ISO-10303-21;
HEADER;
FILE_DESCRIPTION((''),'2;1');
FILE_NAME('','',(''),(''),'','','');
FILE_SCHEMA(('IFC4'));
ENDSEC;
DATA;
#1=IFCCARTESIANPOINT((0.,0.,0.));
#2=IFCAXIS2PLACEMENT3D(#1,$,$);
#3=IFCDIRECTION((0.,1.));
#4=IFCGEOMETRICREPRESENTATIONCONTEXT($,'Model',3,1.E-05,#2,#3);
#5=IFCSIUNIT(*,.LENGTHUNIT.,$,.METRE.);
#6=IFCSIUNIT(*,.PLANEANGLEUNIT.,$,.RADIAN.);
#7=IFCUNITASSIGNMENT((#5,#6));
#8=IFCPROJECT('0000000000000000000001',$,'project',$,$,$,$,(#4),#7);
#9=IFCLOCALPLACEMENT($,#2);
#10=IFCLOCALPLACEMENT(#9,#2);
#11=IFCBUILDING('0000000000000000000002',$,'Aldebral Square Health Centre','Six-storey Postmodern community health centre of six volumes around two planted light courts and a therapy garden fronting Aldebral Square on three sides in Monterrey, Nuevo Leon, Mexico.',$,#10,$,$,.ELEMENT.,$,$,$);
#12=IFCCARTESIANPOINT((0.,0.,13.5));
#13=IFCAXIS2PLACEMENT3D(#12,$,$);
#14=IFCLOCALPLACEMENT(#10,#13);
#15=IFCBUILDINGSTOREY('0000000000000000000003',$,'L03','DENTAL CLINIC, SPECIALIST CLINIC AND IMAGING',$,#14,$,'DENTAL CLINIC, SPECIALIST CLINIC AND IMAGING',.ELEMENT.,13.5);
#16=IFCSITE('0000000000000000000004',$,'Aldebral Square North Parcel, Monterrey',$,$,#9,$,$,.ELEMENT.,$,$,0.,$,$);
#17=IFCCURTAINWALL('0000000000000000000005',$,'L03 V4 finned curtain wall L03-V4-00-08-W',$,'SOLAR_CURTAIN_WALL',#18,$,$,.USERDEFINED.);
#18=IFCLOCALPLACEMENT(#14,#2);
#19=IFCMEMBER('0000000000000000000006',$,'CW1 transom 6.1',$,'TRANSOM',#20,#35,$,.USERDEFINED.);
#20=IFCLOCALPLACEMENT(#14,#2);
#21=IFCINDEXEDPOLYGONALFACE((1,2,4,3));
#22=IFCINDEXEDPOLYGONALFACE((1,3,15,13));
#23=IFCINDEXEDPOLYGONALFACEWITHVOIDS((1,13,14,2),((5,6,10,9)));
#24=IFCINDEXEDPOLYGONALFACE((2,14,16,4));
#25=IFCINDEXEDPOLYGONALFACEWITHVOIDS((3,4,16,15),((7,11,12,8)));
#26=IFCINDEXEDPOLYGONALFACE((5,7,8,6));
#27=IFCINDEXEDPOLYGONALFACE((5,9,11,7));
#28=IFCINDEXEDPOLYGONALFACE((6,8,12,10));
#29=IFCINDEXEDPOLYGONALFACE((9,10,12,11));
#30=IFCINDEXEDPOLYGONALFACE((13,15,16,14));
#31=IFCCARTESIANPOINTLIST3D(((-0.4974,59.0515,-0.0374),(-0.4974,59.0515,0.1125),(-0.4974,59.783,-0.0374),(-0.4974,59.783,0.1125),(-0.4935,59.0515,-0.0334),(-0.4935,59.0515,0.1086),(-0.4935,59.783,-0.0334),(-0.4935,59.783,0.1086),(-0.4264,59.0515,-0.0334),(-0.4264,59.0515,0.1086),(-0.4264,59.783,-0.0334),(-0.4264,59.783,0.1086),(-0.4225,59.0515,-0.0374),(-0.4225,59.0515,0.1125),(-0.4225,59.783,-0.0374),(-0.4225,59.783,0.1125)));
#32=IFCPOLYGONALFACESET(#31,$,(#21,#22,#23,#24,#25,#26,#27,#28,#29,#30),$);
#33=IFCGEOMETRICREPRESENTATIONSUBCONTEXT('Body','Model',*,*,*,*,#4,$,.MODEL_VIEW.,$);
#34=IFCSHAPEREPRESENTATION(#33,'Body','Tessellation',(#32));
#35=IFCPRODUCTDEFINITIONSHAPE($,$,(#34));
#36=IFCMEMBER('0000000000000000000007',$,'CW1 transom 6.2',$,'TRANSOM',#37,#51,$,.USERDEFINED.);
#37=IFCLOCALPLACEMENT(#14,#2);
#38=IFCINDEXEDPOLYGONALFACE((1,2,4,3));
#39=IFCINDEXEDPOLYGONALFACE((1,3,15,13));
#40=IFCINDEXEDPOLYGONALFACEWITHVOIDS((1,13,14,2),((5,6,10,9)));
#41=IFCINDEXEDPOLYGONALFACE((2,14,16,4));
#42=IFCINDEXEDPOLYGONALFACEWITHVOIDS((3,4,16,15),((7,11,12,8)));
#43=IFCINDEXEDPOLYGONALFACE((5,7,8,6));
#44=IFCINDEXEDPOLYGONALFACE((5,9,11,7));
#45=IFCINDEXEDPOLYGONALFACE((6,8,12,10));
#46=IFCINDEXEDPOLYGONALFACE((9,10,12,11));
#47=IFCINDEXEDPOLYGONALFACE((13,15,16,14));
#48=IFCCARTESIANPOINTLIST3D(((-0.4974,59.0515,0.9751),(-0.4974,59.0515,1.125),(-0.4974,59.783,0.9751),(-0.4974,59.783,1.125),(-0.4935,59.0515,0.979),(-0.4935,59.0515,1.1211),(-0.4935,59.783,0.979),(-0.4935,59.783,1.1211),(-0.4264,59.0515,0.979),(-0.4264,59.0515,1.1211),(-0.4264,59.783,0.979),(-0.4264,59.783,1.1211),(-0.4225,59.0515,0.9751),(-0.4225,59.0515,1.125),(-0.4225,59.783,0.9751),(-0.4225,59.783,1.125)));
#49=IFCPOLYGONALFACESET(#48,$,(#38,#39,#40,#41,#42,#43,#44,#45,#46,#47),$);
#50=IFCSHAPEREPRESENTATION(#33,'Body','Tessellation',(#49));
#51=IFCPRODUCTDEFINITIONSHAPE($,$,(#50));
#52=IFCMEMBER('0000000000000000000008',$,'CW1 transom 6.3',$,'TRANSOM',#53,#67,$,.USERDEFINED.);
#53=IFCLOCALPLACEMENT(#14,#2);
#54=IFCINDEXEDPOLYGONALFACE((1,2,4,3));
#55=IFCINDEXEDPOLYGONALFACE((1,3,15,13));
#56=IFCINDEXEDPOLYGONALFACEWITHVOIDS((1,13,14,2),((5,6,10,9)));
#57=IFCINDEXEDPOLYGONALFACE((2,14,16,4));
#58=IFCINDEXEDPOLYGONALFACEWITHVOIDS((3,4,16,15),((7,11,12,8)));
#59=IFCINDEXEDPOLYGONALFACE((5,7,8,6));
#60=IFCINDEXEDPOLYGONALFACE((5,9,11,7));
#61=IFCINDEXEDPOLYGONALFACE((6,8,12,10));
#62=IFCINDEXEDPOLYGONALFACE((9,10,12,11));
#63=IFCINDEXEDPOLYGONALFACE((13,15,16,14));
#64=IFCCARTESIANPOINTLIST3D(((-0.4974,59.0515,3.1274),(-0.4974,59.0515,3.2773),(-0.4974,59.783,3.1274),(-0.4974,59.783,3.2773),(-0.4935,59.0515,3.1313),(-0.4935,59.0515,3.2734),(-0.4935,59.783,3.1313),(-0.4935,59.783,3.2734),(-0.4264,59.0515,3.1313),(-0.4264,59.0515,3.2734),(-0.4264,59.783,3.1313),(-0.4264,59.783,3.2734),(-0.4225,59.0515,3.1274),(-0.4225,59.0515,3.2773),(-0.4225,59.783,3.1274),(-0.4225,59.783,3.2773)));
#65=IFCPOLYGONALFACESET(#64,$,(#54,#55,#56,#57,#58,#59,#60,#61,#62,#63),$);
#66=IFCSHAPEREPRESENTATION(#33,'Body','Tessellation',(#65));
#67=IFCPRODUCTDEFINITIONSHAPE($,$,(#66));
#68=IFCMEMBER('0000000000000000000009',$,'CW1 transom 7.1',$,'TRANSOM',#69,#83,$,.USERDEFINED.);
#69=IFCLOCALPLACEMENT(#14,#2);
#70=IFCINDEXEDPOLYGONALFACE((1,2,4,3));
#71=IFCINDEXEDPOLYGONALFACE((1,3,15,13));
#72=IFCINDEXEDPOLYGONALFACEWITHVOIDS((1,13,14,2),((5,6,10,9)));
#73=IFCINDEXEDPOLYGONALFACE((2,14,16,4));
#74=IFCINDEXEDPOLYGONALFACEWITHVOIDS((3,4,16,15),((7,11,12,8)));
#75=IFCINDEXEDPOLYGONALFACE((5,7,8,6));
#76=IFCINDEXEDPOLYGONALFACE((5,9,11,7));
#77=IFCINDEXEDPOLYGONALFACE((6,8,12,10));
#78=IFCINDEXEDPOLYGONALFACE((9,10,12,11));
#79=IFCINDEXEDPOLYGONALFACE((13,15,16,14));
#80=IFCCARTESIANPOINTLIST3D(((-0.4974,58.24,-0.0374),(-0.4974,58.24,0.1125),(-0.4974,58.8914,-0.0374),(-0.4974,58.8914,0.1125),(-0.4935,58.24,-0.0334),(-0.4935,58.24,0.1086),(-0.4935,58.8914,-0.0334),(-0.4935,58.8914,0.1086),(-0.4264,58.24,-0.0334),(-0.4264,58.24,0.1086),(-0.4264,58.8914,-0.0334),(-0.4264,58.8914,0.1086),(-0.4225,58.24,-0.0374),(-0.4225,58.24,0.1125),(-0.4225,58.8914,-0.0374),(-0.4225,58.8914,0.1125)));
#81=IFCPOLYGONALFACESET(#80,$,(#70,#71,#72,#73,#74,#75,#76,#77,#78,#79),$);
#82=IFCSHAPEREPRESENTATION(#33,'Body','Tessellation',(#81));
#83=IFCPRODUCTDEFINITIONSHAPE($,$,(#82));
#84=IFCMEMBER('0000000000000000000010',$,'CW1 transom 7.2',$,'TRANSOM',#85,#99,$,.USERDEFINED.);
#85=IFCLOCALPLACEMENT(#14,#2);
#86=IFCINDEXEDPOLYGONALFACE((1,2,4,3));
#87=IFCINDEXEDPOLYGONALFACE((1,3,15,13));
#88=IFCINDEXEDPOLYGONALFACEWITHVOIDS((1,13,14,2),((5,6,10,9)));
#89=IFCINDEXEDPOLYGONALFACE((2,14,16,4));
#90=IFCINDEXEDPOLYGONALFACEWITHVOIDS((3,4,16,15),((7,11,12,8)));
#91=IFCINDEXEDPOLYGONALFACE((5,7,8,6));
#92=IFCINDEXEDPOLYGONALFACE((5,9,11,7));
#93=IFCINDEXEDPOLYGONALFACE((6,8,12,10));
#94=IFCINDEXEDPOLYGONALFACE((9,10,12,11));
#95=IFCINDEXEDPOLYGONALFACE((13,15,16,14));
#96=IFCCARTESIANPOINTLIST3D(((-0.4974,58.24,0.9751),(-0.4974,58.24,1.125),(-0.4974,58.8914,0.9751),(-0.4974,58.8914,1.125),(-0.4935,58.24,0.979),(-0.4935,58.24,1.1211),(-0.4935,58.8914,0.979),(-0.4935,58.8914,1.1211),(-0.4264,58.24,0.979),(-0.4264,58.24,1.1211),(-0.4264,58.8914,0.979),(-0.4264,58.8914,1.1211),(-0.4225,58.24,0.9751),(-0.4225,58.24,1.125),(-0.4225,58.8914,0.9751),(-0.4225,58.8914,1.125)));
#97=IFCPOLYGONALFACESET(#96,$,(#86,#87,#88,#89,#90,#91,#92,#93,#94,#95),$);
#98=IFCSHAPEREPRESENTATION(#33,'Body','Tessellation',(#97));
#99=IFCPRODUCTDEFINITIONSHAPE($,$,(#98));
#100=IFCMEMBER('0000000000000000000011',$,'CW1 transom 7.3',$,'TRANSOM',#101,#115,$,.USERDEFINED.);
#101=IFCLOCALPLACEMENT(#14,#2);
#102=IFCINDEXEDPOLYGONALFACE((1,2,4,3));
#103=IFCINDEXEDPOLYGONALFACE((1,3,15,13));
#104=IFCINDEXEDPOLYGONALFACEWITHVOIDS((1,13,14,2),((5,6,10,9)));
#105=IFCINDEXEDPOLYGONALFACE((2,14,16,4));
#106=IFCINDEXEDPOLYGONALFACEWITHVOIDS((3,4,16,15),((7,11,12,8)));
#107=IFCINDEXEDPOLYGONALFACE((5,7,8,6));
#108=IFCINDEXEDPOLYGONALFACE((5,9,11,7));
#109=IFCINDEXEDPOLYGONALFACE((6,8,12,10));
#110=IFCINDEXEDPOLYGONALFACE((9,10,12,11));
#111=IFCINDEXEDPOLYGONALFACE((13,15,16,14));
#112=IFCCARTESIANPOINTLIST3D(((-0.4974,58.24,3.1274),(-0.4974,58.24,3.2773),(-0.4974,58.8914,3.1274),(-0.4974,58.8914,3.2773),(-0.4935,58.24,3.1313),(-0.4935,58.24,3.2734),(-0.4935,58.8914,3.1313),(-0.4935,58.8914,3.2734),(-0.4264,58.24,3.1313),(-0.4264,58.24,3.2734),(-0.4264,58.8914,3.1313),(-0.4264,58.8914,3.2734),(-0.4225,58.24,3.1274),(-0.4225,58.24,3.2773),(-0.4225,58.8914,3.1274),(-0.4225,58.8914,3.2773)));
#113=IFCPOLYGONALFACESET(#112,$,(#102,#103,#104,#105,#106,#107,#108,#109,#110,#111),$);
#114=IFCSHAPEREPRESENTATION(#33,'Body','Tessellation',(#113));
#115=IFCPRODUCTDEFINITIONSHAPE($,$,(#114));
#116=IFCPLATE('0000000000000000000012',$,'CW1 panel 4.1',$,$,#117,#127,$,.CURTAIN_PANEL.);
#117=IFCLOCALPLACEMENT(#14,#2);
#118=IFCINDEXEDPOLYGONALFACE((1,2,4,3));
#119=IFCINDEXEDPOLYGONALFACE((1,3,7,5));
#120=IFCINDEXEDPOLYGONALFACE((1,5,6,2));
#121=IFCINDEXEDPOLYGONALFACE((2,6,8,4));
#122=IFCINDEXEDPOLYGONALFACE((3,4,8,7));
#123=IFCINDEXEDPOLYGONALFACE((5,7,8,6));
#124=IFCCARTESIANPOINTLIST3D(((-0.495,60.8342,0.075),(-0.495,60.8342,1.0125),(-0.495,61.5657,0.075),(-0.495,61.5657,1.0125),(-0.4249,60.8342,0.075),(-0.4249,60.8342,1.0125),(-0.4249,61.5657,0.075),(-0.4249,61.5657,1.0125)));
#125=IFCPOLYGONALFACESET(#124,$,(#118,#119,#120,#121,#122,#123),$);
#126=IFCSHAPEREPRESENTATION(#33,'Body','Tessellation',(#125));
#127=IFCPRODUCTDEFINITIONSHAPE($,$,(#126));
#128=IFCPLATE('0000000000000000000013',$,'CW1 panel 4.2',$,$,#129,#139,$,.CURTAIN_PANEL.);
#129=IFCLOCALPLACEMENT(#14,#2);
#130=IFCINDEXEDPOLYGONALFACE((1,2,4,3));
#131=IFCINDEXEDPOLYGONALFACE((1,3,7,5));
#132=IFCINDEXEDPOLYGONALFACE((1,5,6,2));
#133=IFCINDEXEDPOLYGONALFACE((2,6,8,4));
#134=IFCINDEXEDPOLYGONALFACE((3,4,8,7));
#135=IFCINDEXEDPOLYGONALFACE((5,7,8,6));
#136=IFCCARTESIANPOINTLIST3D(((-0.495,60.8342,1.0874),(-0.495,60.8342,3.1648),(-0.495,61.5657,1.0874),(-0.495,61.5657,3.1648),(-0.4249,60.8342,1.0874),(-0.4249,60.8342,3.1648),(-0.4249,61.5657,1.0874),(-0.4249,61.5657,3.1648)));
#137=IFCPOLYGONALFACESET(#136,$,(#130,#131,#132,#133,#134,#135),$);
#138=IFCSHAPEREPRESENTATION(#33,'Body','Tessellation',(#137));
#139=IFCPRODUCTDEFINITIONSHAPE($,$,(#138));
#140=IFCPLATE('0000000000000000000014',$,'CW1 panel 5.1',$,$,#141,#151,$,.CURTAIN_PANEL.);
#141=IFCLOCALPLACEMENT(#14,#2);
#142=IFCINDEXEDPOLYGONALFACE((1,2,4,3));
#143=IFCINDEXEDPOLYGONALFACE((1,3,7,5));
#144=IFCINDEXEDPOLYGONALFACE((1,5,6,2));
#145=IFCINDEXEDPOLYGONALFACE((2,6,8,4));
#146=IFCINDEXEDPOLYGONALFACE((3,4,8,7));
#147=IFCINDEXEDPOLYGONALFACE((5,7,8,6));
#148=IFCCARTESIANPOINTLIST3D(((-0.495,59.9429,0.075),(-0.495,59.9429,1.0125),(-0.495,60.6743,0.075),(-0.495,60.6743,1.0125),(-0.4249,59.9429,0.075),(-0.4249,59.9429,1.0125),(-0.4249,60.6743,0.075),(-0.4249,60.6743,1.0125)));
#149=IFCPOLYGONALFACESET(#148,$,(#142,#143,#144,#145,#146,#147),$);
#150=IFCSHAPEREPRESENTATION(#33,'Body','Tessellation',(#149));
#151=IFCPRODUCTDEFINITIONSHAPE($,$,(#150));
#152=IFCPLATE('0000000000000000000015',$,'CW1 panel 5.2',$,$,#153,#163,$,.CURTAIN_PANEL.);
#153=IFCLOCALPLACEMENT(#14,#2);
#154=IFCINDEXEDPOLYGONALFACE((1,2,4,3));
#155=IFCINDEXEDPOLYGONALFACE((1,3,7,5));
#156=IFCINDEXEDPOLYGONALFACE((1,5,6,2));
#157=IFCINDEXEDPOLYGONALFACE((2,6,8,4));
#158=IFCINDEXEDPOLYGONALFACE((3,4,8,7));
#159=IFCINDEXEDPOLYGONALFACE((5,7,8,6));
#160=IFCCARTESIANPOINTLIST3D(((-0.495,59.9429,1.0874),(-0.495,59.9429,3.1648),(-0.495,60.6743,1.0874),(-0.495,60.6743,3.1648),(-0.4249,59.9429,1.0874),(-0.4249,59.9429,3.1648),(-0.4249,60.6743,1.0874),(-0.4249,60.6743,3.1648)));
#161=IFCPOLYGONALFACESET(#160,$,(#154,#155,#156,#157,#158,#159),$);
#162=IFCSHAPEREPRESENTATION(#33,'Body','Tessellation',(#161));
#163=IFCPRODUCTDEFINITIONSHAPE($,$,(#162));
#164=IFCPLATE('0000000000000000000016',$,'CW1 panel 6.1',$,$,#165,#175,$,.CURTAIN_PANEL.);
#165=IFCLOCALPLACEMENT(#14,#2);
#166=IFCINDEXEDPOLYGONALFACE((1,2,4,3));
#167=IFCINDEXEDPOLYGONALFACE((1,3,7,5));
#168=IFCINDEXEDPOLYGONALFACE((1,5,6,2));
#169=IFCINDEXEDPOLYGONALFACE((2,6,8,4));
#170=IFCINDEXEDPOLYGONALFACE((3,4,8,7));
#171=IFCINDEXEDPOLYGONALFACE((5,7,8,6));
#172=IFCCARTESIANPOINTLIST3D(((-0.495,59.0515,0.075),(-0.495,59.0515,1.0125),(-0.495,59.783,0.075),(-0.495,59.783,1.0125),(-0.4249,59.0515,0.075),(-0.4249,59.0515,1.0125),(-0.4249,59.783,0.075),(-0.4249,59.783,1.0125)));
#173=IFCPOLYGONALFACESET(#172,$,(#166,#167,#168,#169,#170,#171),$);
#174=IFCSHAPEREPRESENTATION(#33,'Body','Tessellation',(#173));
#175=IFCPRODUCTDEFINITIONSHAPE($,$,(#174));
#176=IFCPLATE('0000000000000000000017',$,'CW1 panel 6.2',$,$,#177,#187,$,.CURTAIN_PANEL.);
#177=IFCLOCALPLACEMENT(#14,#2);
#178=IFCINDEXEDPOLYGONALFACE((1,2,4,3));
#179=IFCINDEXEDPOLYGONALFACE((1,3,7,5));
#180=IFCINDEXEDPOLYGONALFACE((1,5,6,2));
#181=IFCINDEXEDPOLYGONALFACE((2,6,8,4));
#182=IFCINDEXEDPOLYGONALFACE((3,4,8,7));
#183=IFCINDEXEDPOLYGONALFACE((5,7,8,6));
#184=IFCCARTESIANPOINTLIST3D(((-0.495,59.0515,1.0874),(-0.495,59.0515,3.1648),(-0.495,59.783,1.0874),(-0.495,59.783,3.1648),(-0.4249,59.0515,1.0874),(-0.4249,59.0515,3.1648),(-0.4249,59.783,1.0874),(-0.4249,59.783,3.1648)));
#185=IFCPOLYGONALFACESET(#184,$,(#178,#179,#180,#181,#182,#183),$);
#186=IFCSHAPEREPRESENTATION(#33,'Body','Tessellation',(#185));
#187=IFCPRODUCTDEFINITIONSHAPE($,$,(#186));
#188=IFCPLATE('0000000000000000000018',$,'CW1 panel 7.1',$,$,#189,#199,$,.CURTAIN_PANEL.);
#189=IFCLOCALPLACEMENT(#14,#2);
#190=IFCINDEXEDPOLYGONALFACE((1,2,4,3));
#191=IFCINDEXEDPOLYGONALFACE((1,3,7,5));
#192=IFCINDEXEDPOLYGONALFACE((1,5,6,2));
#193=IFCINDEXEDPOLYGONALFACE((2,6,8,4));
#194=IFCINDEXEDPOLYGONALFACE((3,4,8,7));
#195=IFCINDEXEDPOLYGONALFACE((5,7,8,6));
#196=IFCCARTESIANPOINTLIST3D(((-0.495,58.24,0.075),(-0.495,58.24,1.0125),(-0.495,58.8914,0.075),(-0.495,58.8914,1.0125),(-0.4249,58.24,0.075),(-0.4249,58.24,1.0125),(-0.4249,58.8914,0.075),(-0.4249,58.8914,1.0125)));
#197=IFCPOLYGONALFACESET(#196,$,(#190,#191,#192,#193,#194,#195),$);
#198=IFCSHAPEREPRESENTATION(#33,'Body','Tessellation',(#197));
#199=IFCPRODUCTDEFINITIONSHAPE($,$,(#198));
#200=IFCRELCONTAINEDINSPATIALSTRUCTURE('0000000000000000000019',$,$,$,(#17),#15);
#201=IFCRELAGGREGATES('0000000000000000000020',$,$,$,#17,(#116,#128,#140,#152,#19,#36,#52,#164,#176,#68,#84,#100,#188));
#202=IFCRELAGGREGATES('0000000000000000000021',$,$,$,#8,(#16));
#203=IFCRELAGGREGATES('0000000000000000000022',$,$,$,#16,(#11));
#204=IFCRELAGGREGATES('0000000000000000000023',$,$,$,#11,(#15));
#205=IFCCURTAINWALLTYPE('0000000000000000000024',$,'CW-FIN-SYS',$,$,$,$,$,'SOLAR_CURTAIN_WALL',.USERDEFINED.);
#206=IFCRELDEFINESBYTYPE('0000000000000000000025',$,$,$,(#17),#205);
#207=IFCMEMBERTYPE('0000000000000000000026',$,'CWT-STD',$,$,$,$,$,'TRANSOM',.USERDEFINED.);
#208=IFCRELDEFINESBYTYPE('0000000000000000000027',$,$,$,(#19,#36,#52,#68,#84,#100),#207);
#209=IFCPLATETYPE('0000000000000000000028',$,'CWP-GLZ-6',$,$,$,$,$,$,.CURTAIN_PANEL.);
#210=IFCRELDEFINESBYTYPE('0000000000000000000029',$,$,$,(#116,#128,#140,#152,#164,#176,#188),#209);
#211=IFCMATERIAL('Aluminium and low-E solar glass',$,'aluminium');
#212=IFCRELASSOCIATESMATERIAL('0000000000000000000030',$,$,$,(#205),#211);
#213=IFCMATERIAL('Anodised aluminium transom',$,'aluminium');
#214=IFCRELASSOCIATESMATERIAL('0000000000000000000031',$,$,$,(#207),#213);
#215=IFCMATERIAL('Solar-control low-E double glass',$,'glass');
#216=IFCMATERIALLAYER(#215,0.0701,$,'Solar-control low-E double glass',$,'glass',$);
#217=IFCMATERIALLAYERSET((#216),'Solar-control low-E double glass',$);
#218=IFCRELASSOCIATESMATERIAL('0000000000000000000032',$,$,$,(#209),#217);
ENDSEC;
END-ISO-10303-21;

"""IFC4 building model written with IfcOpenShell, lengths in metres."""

from ifc_helpers import new_model, si_unit, direction, frame, origin, origin_2d, place, context, subcontext, project, spatial, rectangle, hollow_rectangle, extrude, material, layer, layer_set, material_profile, profile_set, type_object, element, aggregate, save


model = new_model("IFC4")

# Units and contexts
model_context = context("Model", 3, precision=1e-05, world=origin(), true_north=direction((0.0, 1.0)))
body_context = subcontext(model_context, "Body", "Model", "MODEL_VIEW")
ifc_project = project(units=[si_unit("LENGTHUNIT", "METRE"), si_unit("PLANEANGLEUNIT", "RADIAN")], contexts=[model_context])

# Site, building, storey
site_placement = place(None, origin())
site = spatial("IfcSite", under=ifc_project, at=site_placement, Name="Aldebral Square North Parcel, Monterrey", CompositionType="ELEMENT", RefElevation=0.0)
building_placement = place(site_placement, origin())
building = spatial("IfcBuilding", under=site, at=building_placement, Name="Aldebral Square Health Centre", Description="Six-storey Postmodern community health centre of six volumes around two planted light courts and a therapy garden fronting Aldebral Square on three sides in Monterrey, Nuevo Leon, Mexico.", CompositionType="ELEMENT")
storey_placement = place(building_placement, frame((0.0, 0.0, 13.5)))
storey = spatial("IfcBuildingStorey", under=building, at=storey_placement, Name="L03", Description="DENTAL CLINIC, SPECIALIST CLINIC AND IMAGING", LongName="DENTAL CLINIC, SPECIALIST CLINIC AND IMAGING", CompositionType="ELEMENT", Elevation=13.5)

# Curtain wall, members, plates
ifc_material_1 = material(Name="Aluminium and low-E solar glass", Category="aluminium")
curtain_wall_type = type_object("IfcCurtainWallType", Name="CW-FIN-SYS", ElementType="SOLAR_CURTAIN_WALL", PredefinedType="USERDEFINED", material=ifc_material_1)
curtain_wall_placement = place(storey_placement, origin())
curtain_wall = element("IfcCurtainWall", 1, at=curtain_wall_placement, inside=storey, type_object=curtain_wall_type, Name="L03 V4 finned curtain wall L03-V4-00-08-W", ObjectType="SOLAR_CURTAIN_WALL", PredefinedType="USERDEFINED")
ifc_material_2 = material(Name="Anodised aluminium transom", Category="aluminium")
ifc_material_profile_1 = material_profile(ifc_material_2, hollow_rectangle(XDim=0.075, YDim=0.1499, WallThickness=0.0039, at=origin_2d()), Name="CWT 75x150x4")
ifc_profile_set_1 = profile_set([ifc_material_profile_1], Name="Anodised aluminium transom")
member_type_1 = type_object("IfcMemberType", Name="CWT-STD", ElementType="TRANSOM", PredefinedType="USERDEFINED", material=ifc_profile_set_1)
member_1_placement = place(storey_placement, frame((-0.46, 59.783, 0.0376), z_axis=(0.0, -1.0, 0.0), x_axis=(1.0, 0.0, 0.0)))
member_1 = element("IfcMember", 2, at=member_1_placement, type_object=member_type_1, Name="CW1 transom 6.1", ObjectType="TRANSOM", PredefinedType="USERDEFINED", context=body_context, shape_type="SweptSolid", body=[
    extrude(hollow_rectangle(XDim=0.075, YDim=0.1499, WallThickness=0.0039, at=origin_2d()), origin(), (0.0, 0.0, 1.0), 0.7314),
])
member_2_placement = place(storey_placement, frame((-0.46, 59.783, 1.05), z_axis=(0.0, -1.0, 0.0), x_axis=(1.0, 0.0, 0.0)))
member_2 = element("IfcMember", 3, at=member_2_placement, type_object=member_type_1, Name="CW1 transom 6.2", ObjectType="TRANSOM", PredefinedType="USERDEFINED", context=body_context, shape_type="SweptSolid", body=[
    extrude(hollow_rectangle(XDim=0.075, YDim=0.1499, WallThickness=0.0039, at=origin_2d()), origin(), (0.0, 0.0, 1.0), 0.7314),
])
member_3_placement = place(storey_placement, frame((-0.46, 59.783, 3.2024), z_axis=(0.0, -1.0, 0.0), x_axis=(1.0, 0.0, 0.0)))
member_3 = element("IfcMember", 4, at=member_3_placement, type_object=member_type_1, Name="CW1 transom 6.3", ObjectType="TRANSOM", PredefinedType="USERDEFINED", context=body_context, shape_type="SweptSolid", body=[
    extrude(hollow_rectangle(XDim=0.075, YDim=0.1499, WallThickness=0.0039, at=origin_2d()), origin(), (0.0, 0.0, 1.0), 0.7314),
])
member_4_placement = place(storey_placement, frame((-0.46, 58.8914, 0.0376), z_axis=(0.0, -1.0, 0.0), x_axis=(1.0, 0.0, 0.0)))
member_4 = element("IfcMember", 5, at=member_4_placement, type_object=member_type_1, Name="CW1 transom 7.1", ObjectType="TRANSOM", PredefinedType="USERDEFINED", context=body_context, shape_type="SweptSolid", body=[
    extrude(hollow_rectangle(XDim=0.075, YDim=0.1499, WallThickness=0.0039, at=origin_2d()), origin(), (0.0, 0.0, 1.0), 0.6514),
])
member_5_placement = place(storey_placement, frame((-0.46, 58.8914, 1.05), z_axis=(0.0, -1.0, 0.0), x_axis=(1.0, 0.0, 0.0)))
member_5 = element("IfcMember", 6, at=member_5_placement, type_object=member_type_1, Name="CW1 transom 7.2", ObjectType="TRANSOM", PredefinedType="USERDEFINED", context=body_context, shape_type="SweptSolid", body=[
    extrude(hollow_rectangle(XDim=0.075, YDim=0.1499, WallThickness=0.0039, at=origin_2d()), origin(), (0.0, 0.0, 1.0), 0.6514),
])
member_6_placement = place(storey_placement, frame((-0.46, 58.8914, 3.2024), z_axis=(0.0, -1.0, 0.0), x_axis=(1.0, 0.0, 0.0)))
member_6 = element("IfcMember", 7, at=member_6_placement, type_object=member_type_1, Name="CW1 transom 7.3", ObjectType="TRANSOM", PredefinedType="USERDEFINED", context=body_context, shape_type="SweptSolid", body=[
    extrude(hollow_rectangle(XDim=0.075, YDim=0.1499, WallThickness=0.0039, at=origin_2d()), origin(), (0.0, 0.0, 1.0), 0.6514),
])
ifc_material_3 = material(Name="Solar-control low-E double glass", Category="glass")
ifc_layer = layer(ifc_material_3, 0.0701, Name="Solar-control low-E double glass", Category="glass")
ifc_layer_set = layer_set([ifc_layer], Name="Solar-control low-E double glass")
plate_type = type_object("IfcPlateType", Name="CWP-GLZ-6", PredefinedType="CURTAIN_PANEL", material=ifc_layer_set)
plate_1_placement = place(storey_placement, frame((-0.46, 61.2, 0.075), z_axis=(0.0, 0.0, 1.0), x_axis=(0.0, -1.0, 0.0)))
plate_1 = element("IfcPlate", 8, at=plate_1_placement, type_object=plate_type, Name="CW1 panel 4.1", PredefinedType="CURTAIN_PANEL", context=body_context, shape_type="SweptSolid", body=[
    extrude(rectangle(XDim=0.7314, YDim=0.0701, at=origin_2d()), origin(), (0.0, 0.0, 1.0), 0.9375),
])
plate_2_placement = place(storey_placement, frame((-0.46, 61.2, 1.0874), z_axis=(0.0, 0.0, 1.0), x_axis=(0.0, -1.0, 0.0)))
plate_2 = element("IfcPlate", 9, at=plate_2_placement, type_object=plate_type, Name="CW1 panel 4.2", PredefinedType="CURTAIN_PANEL", context=body_context, shape_type="SweptSolid", body=[
    extrude(rectangle(XDim=0.7314, YDim=0.0701, at=origin_2d()), origin(), (0.0, 0.0, 1.0), 2.0774),
])
plate_3_placement = place(storey_placement, frame((-0.46, 60.3086, 0.075), z_axis=(0.0, 0.0, 1.0), x_axis=(0.0, -1.0, 0.0)))
plate_3 = element("IfcPlate", 10, at=plate_3_placement, type_object=plate_type, Name="CW1 panel 5.1", PredefinedType="CURTAIN_PANEL", context=body_context, shape_type="SweptSolid", body=[
    extrude(rectangle(XDim=0.7314, YDim=0.0701, at=origin_2d()), origin(), (0.0, 0.0, 1.0), 0.9375),
])
plate_4_placement = place(storey_placement, frame((-0.46, 60.3086, 1.0874), z_axis=(0.0, 0.0, 1.0), x_axis=(0.0, -1.0, 0.0)))
plate_4 = element("IfcPlate", 11, at=plate_4_placement, type_object=plate_type, Name="CW1 panel 5.2", PredefinedType="CURTAIN_PANEL", context=body_context, shape_type="SweptSolid", body=[
    extrude(rectangle(XDim=0.7314, YDim=0.0701, at=origin_2d()), origin(), (0.0, 0.0, 1.0), 2.0774),
])
plate_5_placement = place(storey_placement, frame((-0.46, 59.4172, 0.075), z_axis=(0.0, 0.0, 1.0), x_axis=(0.0, -1.0, 0.0)))
plate_5 = element("IfcPlate", 12, at=plate_5_placement, type_object=plate_type, Name="CW1 panel 6.1", PredefinedType="CURTAIN_PANEL", context=body_context, shape_type="SweptSolid", body=[
    extrude(rectangle(XDim=0.7314, YDim=0.0701, at=origin_2d()), origin(), (0.0, 0.0, 1.0), 0.9375),
])
plate_6_placement = place(storey_placement, frame((-0.46, 59.4172, 1.0874), z_axis=(0.0, 0.0, 1.0), x_axis=(0.0, -1.0, 0.0)))
plate_6 = element("IfcPlate", 13, at=plate_6_placement, type_object=plate_type, Name="CW1 panel 6.2", PredefinedType="CURTAIN_PANEL", context=body_context, shape_type="SweptSolid", body=[
    extrude(rectangle(XDim=0.7314, YDim=0.0701, at=origin_2d()), origin(), (0.0, 0.0, 1.0), 2.0774),
])
plate_7_placement = place(storey_placement, frame((-0.46, 58.5657, 0.075), z_axis=(0.0, 0.0, 1.0), x_axis=(0.0, -1.0, 0.0)))
plate_7 = element("IfcPlate", 14, at=plate_7_placement, type_object=plate_type, Name="CW1 panel 7.1", PredefinedType="CURTAIN_PANEL", context=body_context, shape_type="SweptSolid", body=[
    extrude(rectangle(XDim=0.6514, YDim=0.0701, at=origin_2d()), origin(), (0.0, 0.0, 1.0), 0.9375),
])
aggregate(curtain_wall, [plate_1, plate_2, plate_3, plate_4, member_1, member_2, member_3, plate_5, plate_6, member_4, member_5, member_6, plate_7])

save(model, "model.ifc")
